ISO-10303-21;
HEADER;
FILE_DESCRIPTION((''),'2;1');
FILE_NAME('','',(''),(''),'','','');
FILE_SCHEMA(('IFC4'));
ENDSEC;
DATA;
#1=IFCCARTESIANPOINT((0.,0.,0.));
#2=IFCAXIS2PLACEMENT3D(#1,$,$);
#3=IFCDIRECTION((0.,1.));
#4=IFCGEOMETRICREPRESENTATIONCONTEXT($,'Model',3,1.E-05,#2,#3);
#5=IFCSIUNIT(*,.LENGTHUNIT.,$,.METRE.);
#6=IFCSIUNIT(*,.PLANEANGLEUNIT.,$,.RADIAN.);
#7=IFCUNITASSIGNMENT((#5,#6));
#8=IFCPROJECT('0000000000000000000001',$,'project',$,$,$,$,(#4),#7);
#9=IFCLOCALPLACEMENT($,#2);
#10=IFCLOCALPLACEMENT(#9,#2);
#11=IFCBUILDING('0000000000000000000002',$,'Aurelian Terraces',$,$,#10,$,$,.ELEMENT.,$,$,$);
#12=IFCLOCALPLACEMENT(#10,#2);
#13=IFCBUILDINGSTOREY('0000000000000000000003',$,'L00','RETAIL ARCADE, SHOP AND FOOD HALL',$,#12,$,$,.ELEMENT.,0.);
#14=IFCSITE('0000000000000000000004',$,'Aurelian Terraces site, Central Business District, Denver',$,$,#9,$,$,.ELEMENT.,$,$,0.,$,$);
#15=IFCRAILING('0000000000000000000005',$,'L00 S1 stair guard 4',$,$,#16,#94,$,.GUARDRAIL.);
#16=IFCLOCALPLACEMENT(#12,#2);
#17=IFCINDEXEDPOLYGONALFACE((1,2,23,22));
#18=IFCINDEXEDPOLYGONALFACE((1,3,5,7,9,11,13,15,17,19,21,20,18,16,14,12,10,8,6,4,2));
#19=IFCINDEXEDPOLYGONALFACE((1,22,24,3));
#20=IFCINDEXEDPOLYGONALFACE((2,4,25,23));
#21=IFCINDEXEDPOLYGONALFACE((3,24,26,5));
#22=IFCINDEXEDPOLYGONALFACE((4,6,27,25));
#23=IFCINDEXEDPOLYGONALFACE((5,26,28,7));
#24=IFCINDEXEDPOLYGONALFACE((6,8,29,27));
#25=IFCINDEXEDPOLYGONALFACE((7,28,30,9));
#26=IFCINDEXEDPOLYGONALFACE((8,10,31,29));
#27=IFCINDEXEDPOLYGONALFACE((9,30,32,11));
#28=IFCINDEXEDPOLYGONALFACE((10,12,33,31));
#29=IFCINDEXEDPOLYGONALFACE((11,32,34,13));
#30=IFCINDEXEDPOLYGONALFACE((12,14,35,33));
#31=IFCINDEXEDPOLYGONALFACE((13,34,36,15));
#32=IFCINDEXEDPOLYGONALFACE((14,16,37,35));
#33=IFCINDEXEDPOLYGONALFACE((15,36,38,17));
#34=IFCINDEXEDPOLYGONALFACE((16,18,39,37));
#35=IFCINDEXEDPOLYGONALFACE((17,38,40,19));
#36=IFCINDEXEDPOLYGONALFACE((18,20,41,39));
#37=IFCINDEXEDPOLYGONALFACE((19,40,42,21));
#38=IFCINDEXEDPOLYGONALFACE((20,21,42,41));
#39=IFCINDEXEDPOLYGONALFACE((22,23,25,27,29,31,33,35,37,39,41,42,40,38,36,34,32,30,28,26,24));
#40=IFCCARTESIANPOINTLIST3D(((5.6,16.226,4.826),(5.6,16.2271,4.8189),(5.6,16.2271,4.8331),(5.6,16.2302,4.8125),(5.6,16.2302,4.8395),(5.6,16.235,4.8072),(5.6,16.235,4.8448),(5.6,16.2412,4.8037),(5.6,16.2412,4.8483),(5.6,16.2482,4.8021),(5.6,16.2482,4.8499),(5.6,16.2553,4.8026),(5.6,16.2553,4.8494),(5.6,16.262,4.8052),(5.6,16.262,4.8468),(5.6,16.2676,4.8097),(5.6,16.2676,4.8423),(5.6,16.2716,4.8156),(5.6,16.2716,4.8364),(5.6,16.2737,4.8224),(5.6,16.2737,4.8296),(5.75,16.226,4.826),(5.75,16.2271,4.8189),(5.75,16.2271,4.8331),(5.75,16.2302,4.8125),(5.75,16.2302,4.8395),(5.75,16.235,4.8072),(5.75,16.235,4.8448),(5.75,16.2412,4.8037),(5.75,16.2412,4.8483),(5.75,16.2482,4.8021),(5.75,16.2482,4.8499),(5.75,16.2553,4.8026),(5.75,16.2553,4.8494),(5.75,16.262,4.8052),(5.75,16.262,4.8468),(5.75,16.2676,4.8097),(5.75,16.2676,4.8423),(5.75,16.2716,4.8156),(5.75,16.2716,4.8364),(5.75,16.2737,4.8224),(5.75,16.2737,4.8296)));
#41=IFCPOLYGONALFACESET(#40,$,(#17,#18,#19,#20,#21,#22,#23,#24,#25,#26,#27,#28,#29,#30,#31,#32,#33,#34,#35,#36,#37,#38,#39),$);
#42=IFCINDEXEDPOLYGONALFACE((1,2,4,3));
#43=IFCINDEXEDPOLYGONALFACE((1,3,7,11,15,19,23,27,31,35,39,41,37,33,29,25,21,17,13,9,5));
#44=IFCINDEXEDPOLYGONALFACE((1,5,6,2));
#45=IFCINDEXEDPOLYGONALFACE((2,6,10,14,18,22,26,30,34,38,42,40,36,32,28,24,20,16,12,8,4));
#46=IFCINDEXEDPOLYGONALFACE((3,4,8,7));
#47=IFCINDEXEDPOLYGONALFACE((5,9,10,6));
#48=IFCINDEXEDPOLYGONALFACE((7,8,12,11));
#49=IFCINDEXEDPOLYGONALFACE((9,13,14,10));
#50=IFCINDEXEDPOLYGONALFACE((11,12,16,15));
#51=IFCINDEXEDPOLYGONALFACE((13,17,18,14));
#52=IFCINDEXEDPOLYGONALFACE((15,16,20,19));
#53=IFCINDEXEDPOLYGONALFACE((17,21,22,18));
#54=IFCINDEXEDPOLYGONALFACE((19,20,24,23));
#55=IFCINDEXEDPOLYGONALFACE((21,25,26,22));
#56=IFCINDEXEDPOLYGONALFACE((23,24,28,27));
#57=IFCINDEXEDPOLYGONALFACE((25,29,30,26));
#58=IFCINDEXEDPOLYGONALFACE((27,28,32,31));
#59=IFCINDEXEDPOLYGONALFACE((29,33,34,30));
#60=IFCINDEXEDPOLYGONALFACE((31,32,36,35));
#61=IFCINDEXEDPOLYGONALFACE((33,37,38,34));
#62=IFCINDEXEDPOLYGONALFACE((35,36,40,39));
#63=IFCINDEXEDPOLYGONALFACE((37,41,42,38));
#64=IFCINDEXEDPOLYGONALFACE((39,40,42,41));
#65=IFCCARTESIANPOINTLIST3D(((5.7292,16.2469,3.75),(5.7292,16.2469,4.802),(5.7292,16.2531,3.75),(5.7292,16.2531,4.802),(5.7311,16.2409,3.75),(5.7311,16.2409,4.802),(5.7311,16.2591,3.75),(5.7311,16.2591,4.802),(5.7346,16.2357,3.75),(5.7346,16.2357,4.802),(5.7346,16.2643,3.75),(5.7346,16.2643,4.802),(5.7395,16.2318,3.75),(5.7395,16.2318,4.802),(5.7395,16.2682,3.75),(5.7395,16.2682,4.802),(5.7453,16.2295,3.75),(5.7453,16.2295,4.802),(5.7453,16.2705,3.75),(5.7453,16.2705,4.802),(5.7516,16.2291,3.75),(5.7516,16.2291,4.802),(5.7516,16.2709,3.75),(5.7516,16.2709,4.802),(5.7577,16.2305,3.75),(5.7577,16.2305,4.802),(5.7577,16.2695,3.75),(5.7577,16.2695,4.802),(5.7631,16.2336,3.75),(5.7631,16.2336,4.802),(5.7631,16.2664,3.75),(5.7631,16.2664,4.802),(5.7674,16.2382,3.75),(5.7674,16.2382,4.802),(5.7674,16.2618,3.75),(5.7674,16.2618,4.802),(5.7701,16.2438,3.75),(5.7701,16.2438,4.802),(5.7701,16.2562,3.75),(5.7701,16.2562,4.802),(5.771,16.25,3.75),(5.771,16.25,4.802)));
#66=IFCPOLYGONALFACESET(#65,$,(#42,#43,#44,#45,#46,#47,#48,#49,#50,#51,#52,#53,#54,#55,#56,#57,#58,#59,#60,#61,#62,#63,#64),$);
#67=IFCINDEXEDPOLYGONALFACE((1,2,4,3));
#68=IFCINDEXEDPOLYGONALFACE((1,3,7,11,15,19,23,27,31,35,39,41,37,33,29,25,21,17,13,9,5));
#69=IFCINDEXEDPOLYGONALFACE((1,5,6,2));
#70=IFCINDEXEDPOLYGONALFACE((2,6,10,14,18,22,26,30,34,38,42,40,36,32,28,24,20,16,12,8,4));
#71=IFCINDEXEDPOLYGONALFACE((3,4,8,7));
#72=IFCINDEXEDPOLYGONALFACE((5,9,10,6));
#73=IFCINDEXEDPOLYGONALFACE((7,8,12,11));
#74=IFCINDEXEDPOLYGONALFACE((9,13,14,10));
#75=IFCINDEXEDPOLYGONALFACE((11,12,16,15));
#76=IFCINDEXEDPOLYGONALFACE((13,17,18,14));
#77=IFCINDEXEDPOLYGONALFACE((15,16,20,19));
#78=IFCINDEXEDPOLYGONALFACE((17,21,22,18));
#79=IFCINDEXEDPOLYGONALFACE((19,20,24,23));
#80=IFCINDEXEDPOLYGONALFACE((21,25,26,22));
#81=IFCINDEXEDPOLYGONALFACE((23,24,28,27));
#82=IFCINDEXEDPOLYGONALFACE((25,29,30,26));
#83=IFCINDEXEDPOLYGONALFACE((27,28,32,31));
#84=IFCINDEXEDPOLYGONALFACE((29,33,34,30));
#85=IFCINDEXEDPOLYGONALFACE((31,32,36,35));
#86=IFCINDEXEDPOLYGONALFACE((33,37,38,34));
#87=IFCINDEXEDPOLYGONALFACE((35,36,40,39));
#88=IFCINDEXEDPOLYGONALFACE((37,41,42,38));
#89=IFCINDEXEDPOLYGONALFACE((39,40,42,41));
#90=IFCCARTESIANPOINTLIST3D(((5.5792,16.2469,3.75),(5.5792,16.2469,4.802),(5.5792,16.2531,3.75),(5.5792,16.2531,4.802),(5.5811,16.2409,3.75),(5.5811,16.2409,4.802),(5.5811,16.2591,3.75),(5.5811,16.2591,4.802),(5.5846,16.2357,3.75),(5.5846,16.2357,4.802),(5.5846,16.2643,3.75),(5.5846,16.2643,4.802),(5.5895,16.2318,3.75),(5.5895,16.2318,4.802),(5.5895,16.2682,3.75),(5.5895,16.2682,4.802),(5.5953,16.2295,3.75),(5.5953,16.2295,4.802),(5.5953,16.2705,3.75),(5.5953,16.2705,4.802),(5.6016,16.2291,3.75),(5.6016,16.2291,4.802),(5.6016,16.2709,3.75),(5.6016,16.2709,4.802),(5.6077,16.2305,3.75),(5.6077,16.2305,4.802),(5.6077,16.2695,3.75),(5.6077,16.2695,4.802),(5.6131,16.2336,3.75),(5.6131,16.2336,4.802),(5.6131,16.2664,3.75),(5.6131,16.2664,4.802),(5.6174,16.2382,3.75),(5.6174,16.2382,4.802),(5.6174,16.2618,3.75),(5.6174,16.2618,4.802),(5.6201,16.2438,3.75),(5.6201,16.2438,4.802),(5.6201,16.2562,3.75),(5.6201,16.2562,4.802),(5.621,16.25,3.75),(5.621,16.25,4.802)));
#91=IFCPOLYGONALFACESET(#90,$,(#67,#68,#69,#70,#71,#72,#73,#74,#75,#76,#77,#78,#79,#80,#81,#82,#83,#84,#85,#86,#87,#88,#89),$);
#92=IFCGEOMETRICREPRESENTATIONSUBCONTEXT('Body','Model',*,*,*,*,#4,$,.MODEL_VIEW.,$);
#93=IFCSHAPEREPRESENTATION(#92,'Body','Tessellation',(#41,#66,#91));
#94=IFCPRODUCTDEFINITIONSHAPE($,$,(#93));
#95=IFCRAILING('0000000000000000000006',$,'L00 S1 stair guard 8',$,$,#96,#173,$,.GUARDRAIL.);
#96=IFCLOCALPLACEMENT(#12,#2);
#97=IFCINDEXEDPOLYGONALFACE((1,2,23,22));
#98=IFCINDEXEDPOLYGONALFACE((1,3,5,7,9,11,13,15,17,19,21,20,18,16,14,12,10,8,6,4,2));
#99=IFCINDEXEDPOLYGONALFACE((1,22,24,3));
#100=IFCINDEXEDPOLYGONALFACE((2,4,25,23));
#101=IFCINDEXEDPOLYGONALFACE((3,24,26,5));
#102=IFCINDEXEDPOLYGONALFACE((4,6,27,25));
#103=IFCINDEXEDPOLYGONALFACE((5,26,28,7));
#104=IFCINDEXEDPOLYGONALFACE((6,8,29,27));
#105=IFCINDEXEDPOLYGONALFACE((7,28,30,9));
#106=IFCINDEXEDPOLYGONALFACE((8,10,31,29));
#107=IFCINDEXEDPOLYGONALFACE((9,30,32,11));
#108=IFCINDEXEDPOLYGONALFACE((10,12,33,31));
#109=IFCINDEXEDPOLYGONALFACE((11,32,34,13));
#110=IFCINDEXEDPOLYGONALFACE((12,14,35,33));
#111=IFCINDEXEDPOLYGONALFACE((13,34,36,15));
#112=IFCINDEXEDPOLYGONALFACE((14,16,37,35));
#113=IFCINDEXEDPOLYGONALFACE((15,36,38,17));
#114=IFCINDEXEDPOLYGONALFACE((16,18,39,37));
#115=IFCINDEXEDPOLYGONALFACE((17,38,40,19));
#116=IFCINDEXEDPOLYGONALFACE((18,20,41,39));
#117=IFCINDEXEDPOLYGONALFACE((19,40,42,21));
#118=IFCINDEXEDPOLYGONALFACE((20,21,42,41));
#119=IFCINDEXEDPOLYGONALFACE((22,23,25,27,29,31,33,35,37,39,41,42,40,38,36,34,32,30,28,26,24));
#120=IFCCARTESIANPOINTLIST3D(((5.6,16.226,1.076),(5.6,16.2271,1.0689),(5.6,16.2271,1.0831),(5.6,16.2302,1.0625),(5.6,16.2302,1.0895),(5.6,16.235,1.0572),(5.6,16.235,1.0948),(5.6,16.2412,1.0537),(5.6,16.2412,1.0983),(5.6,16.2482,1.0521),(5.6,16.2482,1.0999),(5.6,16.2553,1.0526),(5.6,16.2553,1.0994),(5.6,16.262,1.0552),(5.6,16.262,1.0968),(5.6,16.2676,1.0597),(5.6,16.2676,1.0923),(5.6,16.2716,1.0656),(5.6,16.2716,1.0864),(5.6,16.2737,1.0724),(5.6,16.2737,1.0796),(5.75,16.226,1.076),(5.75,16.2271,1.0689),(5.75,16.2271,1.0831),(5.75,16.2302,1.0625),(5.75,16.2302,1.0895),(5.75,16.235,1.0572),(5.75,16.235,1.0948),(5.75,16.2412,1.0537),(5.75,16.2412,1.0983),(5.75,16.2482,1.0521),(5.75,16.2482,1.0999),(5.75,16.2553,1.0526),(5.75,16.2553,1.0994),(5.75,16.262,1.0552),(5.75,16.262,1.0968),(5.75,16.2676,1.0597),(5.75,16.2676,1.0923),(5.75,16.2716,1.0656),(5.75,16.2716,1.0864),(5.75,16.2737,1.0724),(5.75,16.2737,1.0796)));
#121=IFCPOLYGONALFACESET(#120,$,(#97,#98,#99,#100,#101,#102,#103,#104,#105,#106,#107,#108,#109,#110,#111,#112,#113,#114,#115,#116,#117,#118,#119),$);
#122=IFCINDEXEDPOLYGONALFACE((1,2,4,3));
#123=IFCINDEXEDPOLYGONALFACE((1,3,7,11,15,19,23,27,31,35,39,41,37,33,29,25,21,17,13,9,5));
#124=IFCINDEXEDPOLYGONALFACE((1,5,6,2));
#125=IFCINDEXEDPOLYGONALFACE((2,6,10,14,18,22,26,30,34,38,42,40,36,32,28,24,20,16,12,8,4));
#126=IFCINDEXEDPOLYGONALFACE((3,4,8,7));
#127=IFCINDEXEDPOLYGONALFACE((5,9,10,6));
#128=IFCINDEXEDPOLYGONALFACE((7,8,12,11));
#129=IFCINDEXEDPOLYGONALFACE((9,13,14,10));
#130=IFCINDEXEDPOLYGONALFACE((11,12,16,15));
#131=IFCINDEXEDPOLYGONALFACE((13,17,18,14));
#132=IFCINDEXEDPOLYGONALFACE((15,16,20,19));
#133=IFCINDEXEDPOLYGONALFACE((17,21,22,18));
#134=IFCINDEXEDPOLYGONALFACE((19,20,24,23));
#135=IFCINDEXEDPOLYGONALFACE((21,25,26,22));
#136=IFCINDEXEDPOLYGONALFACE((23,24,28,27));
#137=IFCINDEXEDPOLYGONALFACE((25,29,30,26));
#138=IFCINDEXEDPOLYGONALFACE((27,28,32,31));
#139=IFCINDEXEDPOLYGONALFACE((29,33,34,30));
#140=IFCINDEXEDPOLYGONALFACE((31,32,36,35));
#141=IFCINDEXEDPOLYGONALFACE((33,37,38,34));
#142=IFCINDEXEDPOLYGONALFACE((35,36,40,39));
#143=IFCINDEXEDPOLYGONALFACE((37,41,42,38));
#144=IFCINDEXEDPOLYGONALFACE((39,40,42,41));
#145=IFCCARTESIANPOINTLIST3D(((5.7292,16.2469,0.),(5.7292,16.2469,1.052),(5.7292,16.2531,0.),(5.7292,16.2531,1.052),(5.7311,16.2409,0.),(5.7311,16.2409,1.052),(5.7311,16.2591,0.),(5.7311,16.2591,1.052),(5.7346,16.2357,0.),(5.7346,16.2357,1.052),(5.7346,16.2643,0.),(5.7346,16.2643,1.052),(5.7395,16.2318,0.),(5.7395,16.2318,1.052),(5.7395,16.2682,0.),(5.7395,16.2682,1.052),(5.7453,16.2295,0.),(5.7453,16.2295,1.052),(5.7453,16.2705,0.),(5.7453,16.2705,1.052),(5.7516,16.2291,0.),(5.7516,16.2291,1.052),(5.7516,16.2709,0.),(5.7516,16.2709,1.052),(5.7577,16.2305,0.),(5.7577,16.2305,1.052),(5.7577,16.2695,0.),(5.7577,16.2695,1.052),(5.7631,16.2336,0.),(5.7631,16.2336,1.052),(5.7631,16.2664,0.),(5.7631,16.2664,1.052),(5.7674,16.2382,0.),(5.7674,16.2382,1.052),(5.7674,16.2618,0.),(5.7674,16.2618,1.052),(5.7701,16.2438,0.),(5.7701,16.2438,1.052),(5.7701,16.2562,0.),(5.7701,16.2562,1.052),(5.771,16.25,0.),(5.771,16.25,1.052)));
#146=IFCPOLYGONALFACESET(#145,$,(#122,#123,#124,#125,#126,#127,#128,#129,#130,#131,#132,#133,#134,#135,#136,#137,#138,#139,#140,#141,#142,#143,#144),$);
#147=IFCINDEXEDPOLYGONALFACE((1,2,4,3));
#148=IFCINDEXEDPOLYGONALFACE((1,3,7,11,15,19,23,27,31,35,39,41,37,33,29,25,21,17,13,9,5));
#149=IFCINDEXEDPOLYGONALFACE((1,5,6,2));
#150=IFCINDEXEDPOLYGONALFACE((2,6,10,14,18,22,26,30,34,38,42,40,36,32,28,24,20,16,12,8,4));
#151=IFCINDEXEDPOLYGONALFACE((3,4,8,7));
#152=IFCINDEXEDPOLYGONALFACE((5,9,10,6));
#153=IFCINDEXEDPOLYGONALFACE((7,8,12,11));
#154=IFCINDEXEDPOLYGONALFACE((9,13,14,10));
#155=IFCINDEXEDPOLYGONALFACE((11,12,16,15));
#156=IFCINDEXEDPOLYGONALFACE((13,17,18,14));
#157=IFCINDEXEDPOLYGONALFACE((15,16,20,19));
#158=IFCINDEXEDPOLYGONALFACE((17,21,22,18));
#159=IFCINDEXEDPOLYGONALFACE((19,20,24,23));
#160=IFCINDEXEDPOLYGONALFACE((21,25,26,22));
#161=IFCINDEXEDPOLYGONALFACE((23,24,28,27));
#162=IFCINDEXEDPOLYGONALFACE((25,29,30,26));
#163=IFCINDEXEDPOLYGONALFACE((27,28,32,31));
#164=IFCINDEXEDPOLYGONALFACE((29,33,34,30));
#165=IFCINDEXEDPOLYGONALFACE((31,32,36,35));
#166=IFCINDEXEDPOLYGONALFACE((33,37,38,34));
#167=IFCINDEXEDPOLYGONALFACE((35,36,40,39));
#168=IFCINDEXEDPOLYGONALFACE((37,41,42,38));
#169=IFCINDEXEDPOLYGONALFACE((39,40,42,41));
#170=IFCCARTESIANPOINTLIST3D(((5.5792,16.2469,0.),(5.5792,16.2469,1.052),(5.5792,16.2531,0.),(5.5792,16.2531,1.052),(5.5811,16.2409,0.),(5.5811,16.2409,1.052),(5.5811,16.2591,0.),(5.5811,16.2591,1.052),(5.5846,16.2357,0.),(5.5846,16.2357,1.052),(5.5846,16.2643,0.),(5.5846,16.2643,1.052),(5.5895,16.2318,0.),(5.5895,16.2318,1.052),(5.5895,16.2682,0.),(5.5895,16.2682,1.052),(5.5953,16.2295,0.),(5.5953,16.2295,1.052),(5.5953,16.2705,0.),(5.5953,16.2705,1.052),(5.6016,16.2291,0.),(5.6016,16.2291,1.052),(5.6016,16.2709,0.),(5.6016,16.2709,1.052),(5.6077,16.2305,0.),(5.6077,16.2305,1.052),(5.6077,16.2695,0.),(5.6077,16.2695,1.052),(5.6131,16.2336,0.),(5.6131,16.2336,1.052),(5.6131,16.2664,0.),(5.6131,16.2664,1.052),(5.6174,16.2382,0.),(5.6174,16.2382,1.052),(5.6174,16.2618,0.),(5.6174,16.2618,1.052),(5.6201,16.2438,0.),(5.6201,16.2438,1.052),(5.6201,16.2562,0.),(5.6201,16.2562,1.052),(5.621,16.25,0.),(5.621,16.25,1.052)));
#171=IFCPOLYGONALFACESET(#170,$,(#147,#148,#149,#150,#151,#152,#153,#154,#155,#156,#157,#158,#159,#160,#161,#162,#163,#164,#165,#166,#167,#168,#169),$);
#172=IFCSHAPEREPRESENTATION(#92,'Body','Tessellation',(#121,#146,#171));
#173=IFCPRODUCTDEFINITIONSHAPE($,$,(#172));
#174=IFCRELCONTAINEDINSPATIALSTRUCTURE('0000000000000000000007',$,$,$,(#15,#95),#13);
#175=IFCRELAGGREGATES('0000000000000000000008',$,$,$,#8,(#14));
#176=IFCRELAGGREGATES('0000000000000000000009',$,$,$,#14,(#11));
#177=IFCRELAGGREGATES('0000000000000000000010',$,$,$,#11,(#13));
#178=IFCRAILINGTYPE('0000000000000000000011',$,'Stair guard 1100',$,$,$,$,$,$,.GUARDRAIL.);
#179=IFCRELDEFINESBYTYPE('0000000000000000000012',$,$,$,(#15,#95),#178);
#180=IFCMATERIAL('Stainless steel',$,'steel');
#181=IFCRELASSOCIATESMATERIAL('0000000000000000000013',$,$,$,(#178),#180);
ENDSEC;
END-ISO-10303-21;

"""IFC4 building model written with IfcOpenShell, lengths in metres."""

from ifc_helpers import new_model, si_unit, direction, frame, origin, origin_2d, place, context, subcontext, project, spatial, circle, extrude, source, transform, mapped, material, type_object, element, save


model = new_model("IFC4")

# Units and contexts
model_context = context("Model", 3, precision=1e-05, world=origin(), true_north=direction((0.0, 1.0)))
body_context = subcontext(model_context, "Body", "Model", "MODEL_VIEW")
ifc_project = project(units=[si_unit("LENGTHUNIT", "METRE"), si_unit("PLANEANGLEUNIT", "RADIAN")], contexts=[model_context])

# Site, building, storey
site_placement = place(None, origin())
site = spatial("IfcSite", under=ifc_project, at=site_placement, Name="Aurelian Terraces site, Central Business District, Denver", CompositionType="ELEMENT", RefElevation=0.0)
building_placement = place(site_placement, origin())
building = spatial("IfcBuilding", under=site, at=building_placement, Name="Aurelian Terraces", CompositionType="ELEMENT")
storey_placement = place(building_placement, origin())
storey = spatial("IfcBuildingStorey", under=building, at=storey_placement, Name="L00", Description="RETAIL ARCADE, SHOP AND FOOD HALL", CompositionType="ELEMENT", Elevation=0.0)

# Shared definitions
ifc_material_1 = material(Name="Stainless steel", Category="steel")

# Railings
railing_type = type_object("IfcRailingType", Name="Stair guard 1100", PredefinedType="GUARDRAIL", material=ifc_material_1)
shared_shape_1 = source(origin(), body_context, "Body", "SweptSolid", [
    extrude(circle(Radius=0.024, at=origin_2d()), frame((0.0, 0.0, 1.076), z_axis=(-1.0, 0.0, 0.0), x_axis=(0.0, -1.0, 0.0)), (0.0, 0.0, 1.0), 0.15),
    extrude(circle(Radius=0.021, at=origin_2d()), origin(), (0.0, 0.0, 1.0), 1.052),
    extrude(circle(Radius=0.021, at=origin_2d()), frame((-0.15, 0.0, 0.0)), (0.0, 0.0, 1.0), 1.052),
])
for number, where, name in (
    (1, (5.75, 16.25, 3.75), "L00 S1 stair guard 4"),
    (2, (5.75, 16.25, 0.0), "L00 S1 stair guard 8"),
):
    element("IfcRailing", number, at=place(storey_placement, frame(where)), inside=storey, type_object=railing_type, Name=name, PredefinedType="GUARDRAIL", context=body_context, shape_type="MappedRepresentation", body=[
        mapped(shared_shape_1, transform((0.0, 0.0, 0.0), scale=1.0)),
    ])

save(model, "model.ifc")
